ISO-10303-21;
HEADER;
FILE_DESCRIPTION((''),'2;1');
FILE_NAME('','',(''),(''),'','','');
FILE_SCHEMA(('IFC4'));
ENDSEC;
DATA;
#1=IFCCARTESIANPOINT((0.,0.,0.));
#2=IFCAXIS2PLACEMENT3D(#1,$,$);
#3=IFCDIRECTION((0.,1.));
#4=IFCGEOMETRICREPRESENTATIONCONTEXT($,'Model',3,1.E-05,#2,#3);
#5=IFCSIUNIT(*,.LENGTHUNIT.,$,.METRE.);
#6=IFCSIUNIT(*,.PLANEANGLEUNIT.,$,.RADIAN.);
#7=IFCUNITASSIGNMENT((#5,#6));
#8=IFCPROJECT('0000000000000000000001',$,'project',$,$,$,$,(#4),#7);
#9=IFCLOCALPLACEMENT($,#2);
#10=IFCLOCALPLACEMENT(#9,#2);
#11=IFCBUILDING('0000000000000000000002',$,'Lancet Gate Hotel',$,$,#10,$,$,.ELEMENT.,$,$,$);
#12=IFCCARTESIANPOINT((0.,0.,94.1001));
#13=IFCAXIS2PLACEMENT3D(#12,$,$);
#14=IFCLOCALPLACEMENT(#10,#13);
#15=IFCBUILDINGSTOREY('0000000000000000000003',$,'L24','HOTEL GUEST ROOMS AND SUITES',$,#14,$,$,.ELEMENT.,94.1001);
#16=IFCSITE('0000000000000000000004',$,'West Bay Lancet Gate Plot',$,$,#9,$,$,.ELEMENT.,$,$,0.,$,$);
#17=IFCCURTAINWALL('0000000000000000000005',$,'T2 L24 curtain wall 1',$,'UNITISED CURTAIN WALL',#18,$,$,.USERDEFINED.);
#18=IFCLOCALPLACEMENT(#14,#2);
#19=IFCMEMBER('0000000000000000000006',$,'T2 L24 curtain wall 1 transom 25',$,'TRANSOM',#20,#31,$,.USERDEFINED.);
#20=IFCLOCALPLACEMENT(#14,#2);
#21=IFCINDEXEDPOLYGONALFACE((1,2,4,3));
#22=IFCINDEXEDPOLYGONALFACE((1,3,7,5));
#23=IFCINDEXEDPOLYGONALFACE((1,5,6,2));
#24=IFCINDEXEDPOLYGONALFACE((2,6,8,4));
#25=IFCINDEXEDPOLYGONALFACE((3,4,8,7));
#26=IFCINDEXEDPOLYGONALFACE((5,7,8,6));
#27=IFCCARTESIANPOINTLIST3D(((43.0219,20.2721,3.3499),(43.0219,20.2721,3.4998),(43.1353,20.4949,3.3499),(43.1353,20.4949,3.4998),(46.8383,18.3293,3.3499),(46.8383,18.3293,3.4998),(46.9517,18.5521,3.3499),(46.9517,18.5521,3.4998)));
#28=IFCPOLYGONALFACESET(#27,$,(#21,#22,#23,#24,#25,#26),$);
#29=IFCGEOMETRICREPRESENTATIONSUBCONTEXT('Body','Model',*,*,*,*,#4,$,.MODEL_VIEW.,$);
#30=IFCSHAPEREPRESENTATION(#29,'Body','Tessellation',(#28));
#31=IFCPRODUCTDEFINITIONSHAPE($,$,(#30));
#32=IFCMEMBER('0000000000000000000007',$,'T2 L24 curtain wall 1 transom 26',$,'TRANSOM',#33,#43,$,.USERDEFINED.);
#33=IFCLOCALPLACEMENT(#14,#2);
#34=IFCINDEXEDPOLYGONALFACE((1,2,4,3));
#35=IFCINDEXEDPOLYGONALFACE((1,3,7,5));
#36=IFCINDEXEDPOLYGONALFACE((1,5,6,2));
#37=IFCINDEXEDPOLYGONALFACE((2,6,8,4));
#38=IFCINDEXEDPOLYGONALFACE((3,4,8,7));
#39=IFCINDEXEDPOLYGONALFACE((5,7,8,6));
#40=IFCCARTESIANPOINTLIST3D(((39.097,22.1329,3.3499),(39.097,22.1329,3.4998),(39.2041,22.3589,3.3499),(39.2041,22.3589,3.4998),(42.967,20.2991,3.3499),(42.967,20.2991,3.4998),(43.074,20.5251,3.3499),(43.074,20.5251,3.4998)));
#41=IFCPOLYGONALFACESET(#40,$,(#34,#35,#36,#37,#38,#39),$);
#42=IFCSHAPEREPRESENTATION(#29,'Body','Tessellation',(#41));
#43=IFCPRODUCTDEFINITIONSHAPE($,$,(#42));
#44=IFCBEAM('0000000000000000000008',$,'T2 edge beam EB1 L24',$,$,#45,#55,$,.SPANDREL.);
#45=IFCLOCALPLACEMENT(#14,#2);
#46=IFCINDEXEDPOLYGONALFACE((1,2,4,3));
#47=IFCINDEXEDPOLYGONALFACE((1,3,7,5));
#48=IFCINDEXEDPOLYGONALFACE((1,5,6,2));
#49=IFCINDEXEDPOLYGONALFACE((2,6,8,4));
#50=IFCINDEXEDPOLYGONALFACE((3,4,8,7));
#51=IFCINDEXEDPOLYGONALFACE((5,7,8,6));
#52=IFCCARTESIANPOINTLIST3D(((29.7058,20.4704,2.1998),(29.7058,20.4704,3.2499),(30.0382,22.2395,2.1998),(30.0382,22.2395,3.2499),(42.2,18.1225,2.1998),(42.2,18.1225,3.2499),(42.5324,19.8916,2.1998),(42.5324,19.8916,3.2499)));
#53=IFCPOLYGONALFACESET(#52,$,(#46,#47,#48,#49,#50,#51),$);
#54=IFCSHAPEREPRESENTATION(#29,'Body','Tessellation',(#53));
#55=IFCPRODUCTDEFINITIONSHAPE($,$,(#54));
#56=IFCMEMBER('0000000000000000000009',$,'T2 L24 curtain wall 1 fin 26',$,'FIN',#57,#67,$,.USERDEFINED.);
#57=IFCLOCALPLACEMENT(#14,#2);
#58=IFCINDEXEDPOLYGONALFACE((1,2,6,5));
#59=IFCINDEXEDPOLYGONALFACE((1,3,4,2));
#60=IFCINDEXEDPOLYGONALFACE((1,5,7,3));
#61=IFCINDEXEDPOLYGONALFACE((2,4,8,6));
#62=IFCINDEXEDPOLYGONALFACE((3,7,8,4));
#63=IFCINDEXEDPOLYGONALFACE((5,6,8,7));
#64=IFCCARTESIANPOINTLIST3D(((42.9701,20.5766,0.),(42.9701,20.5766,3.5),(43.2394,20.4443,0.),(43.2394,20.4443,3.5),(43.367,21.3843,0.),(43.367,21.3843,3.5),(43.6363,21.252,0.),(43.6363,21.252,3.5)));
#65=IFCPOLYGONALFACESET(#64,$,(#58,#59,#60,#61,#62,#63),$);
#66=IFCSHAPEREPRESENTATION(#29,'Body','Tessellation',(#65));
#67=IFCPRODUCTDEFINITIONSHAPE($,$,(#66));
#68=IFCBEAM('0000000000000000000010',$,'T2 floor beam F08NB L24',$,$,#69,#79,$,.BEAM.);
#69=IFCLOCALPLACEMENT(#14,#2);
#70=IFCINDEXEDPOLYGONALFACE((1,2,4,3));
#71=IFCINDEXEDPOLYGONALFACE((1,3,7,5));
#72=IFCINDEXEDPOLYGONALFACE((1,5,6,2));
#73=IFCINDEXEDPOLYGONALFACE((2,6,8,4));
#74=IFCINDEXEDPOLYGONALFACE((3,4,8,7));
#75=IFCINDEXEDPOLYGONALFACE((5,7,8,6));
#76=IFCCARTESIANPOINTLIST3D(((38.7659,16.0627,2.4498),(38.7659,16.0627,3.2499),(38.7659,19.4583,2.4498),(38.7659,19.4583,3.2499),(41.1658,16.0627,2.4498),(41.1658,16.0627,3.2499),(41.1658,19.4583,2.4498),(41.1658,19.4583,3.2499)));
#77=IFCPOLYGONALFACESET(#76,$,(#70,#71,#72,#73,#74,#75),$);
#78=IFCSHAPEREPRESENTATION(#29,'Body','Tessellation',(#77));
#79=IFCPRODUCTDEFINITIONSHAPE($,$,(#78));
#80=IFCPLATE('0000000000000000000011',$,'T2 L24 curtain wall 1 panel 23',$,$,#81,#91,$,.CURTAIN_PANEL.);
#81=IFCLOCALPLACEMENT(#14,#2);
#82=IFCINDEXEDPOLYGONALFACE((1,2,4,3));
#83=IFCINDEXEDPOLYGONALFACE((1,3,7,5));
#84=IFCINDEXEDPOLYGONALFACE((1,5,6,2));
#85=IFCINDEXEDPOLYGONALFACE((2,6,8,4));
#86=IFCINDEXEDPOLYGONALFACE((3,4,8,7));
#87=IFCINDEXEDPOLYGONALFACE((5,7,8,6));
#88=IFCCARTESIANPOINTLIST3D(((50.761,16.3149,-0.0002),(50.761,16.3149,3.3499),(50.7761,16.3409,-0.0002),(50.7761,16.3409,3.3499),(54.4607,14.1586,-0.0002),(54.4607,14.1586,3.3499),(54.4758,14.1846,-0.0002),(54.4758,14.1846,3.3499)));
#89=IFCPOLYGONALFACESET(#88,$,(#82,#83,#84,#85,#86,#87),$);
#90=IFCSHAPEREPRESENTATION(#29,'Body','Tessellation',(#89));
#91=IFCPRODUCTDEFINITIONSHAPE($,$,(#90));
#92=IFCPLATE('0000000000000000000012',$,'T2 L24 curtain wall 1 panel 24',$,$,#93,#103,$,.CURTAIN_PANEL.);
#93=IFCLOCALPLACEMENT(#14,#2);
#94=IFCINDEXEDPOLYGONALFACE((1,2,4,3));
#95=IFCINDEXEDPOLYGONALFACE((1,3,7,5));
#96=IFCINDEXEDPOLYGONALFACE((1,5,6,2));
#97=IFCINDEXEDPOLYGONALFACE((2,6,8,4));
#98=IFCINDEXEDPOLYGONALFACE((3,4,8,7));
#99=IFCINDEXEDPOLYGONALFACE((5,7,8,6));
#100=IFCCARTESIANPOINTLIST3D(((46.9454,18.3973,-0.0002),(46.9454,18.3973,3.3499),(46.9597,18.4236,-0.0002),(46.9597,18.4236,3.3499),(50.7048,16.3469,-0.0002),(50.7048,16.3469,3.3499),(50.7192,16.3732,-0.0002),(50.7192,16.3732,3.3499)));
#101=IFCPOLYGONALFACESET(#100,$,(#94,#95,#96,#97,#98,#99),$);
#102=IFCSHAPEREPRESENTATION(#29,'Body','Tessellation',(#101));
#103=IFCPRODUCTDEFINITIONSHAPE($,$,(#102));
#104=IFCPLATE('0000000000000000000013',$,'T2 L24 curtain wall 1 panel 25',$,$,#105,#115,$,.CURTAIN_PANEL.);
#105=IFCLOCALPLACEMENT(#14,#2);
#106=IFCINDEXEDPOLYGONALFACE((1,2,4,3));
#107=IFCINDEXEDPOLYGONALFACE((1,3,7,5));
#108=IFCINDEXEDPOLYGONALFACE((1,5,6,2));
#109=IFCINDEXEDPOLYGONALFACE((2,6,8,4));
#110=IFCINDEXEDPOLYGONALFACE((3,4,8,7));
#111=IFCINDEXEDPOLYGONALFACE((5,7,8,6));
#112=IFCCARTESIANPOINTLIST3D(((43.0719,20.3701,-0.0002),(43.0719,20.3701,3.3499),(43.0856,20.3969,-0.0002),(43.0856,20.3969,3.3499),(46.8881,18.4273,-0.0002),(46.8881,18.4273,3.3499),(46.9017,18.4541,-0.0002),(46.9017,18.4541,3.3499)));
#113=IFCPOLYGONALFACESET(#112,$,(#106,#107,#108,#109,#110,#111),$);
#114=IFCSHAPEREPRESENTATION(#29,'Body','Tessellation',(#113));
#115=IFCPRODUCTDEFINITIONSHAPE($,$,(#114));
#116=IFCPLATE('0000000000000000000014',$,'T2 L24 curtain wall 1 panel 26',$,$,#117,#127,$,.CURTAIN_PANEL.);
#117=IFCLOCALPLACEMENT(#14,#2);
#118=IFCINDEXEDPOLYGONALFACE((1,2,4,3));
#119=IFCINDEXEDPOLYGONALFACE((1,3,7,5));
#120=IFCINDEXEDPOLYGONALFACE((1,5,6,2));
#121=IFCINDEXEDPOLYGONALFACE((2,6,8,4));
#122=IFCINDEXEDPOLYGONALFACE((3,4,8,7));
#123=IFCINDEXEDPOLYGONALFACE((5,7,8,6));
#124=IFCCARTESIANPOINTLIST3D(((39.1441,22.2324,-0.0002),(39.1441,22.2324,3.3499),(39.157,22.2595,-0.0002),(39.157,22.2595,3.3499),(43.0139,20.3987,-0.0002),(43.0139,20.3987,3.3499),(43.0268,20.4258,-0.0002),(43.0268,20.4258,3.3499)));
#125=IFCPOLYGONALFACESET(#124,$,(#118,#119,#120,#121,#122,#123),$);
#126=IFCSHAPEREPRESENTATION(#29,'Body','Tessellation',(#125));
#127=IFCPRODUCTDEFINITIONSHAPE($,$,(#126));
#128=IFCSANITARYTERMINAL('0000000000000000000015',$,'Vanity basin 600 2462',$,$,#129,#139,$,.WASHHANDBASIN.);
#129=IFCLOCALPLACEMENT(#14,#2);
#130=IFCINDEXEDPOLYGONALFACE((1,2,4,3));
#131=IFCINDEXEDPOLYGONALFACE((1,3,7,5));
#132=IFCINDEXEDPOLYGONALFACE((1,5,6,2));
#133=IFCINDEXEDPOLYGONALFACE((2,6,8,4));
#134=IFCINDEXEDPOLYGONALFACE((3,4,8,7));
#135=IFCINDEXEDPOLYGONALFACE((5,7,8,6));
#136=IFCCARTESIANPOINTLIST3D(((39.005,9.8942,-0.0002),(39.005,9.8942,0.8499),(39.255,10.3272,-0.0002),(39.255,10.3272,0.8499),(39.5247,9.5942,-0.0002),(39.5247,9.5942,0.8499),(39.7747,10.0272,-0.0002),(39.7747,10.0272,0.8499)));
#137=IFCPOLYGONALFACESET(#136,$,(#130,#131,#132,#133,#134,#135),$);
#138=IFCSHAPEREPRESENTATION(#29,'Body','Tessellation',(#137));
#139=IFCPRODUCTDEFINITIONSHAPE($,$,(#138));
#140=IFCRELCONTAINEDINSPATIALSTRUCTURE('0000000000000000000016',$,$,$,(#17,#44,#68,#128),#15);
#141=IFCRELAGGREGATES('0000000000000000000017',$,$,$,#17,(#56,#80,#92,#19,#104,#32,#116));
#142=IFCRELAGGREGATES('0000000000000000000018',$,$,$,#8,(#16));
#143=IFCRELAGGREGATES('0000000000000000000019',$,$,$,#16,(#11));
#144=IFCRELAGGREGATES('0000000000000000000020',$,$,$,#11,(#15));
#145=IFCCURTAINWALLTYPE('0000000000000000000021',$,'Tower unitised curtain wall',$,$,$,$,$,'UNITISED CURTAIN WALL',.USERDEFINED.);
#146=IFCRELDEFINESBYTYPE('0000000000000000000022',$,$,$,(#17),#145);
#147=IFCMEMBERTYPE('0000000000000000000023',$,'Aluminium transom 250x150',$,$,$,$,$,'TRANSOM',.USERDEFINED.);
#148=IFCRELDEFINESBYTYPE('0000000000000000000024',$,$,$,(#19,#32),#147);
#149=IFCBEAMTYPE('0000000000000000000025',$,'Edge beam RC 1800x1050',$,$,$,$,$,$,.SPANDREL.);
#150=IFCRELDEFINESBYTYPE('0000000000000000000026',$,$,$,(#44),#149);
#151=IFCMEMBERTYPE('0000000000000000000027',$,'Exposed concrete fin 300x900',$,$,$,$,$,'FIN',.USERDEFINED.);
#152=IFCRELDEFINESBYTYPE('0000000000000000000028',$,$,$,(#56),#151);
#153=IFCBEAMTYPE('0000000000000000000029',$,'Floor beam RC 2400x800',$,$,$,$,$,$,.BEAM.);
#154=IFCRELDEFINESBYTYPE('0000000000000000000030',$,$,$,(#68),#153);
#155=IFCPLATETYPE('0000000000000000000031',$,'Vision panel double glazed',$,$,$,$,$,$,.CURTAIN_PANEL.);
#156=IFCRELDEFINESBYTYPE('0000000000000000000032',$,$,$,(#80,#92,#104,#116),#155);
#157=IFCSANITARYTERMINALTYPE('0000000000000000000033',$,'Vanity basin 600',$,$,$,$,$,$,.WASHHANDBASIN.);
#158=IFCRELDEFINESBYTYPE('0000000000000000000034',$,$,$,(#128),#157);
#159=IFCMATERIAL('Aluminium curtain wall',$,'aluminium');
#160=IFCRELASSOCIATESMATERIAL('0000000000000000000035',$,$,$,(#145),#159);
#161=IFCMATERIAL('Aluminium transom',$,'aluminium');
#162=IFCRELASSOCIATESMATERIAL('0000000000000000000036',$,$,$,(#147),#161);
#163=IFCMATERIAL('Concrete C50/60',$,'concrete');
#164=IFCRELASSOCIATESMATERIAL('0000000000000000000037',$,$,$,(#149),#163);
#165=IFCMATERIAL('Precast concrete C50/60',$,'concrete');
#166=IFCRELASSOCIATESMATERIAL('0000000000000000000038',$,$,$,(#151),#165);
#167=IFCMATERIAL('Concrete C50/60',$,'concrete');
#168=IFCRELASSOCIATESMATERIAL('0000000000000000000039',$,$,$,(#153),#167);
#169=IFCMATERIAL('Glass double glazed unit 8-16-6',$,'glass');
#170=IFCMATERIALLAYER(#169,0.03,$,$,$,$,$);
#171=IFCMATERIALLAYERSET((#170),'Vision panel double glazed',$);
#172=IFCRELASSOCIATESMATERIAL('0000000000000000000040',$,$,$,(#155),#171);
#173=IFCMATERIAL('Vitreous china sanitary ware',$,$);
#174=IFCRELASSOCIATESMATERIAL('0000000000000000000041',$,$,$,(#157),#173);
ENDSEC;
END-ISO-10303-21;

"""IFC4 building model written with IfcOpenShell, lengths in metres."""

from ifc_helpers import new_model, si_unit, direction, frame, origin, origin_2d, place, context, subcontext, project, spatial, rectangle, extrude, material, layer, layer_set, material_profile, profile_set, type_object, element, aggregate, save


model = new_model("IFC4")

# Units and contexts
model_context = context("Model", 3, precision=1e-05, world=origin(), true_north=direction((0.0, 1.0)))
body_context = subcontext(model_context, "Body", "Model", "MODEL_VIEW")
ifc_project = project(units=[si_unit("LENGTHUNIT", "METRE"), si_unit("PLANEANGLEUNIT", "RADIAN")], contexts=[model_context])

# Site, building, storey
site_placement = place(None, origin())
site = spatial("IfcSite", under=ifc_project, at=site_placement, Name="West Bay Lancet Gate Plot", CompositionType="ELEMENT", RefElevation=0.0)
building_placement = place(site_placement, origin())
building = spatial("IfcBuilding", under=site, at=building_placement, Name="Lancet Gate Hotel", CompositionType="ELEMENT")
storey_placement = place(building_placement, frame((0.0, 0.0, 94.1001)))
storey = spatial("IfcBuildingStorey", under=building, at=storey_placement, Name="L24", Description="HOTEL GUEST ROOMS AND SUITES", CompositionType="ELEMENT", Elevation=94.1001)

# Curtain wall, members
ifc_material_1 = material(Name="Aluminium curtain wall", Category="aluminium")
curtain_wall_type = type_object("IfcCurtainWallType", Name="Tower unitised curtain wall", ElementType="UNITISED CURTAIN WALL", PredefinedType="USERDEFINED", material=ifc_material_1)
curtain_wall_placement = place(storey_placement, origin())
curtain_wall = element("IfcCurtainWall", 1, at=curtain_wall_placement, inside=storey, type_object=curtain_wall_type, Name="T2 L24 curtain wall 1", ObjectType="UNITISED CURTAIN WALL", PredefinedType="USERDEFINED")
ifc_material_2 = material(Name="Aluminium transom", Category="aluminium")
ifc_material_profile_1 = material_profile(ifc_material_2, rectangle(XDim=0.25, YDim=0.1499, at=origin_2d()), Name="TRANSOM 250x150")
ifc_profile_set_1 = profile_set([ifc_material_profile_1], Name="Aluminium transom")
member_type_1 = type_object("IfcMemberType", Name="Aluminium transom 250x150", ElementType="TRANSOM", PredefinedType="USERDEFINED", material=ifc_profile_set_1)
member_1_placement = place(storey_placement, frame((46.895, 18.4407, 3.4248), z_axis=(-0.891166, 0.453678, 0.0), x_axis=(-0.453678, -0.891166, 0.0)))
member_1 = element("IfcMember", 2, at=member_1_placement, type_object=member_type_1, Name="T2 L24 curtain wall 1 transom 25", ObjectType="TRANSOM", PredefinedType="USERDEFINED", context=body_context, shape_type="SweptSolid", body=[
    extrude(rectangle(XDim=0.25, YDim=0.1499, at=origin_2d()), origin(), (0.0, 0.0, 1.0), 4.2825),
])
member_2_placement = place(storey_placement, frame((43.0205, 20.4121, 3.4248), z_axis=(-0.90368, 0.428209, 0.0), x_axis=(-0.428209, -0.90368, 0.0)))
member_2 = element("IfcMember", 3, at=member_2_placement, type_object=member_type_1, Name="T2 L24 curtain wall 1 transom 26", ObjectType="TRANSOM", PredefinedType="USERDEFINED", context=body_context, shape_type="SweptSolid", body=[
    extrude(rectangle(XDim=0.25, YDim=0.1499, at=origin_2d()), origin(), (0.0, 0.0, 1.0), 4.2825),
])

# Beam
ifc_material_3 = material(Name="Concrete C50/60", Category="concrete")
ifc_material_profile_2 = material_profile(ifc_material_3, rectangle(XDim=1.8, YDim=1.05, at=origin_2d()), Name="RC 1800x1050")
ifc_profile_set_2 = profile_set([ifc_material_profile_2], Name="Concrete C50/60")
beam_type_1 = type_object("IfcBeamType", Name="Edge beam RC 1800x1050", PredefinedType="SPANDREL", material=ifc_profile_set_2)
beam_1_placement = place(storey_placement, frame((42.3662, 19.0071, 2.7249), z_axis=(-0.982797, 0.184687, 0.0), x_axis=(-0.184687, -0.982797, 0.0)))
element("IfcBeam", 4, at=beam_1_placement, inside=storey, type_object=beam_type_1, Name="T2 edge beam EB1 L24", PredefinedType="SPANDREL", context=body_context, shape_type="SweptSolid", body=[
    extrude(rectangle(XDim=1.8, YDim=1.05, at=origin_2d()), origin(), (0.0, 0.0, 1.0), 12.7129),
])

# Member
ifc_material_4 = material(Name="Precast concrete C50/60", Category="concrete")
ifc_material_profile_3 = material_profile(ifc_material_4, rectangle(XDim=0.3, YDim=0.8999, at=origin_2d()), Name="FIN 300x900")
ifc_profile_set_3 = profile_set([ifc_material_profile_3], Name="Precast concrete C50/60")
member_type_2 = type_object("IfcMemberType", Name="Exposed concrete fin 300x900", ElementType="FIN", PredefinedType="USERDEFINED", material=ifc_profile_set_3)
member_3_placement = place(storey_placement, frame((43.3032, 20.9143, 0.0), z_axis=(0.0, 0.0, 1.0), x_axis=(-0.897512, 0.44099, 0.0)))
member_3 = element("IfcMember", 5, at=member_3_placement, type_object=member_type_2, Name="T2 L24 curtain wall 1 fin 26", ObjectType="FIN", PredefinedType="USERDEFINED", context=body_context, shape_type="SweptSolid", body=[
    extrude(rectangle(XDim=0.3, YDim=0.8999, at=origin_2d()), origin(), (0.0, 0.0, 1.0), 3.5),
])

# Beam
ifc_material_5 = material(Name="Concrete C50/60", Category="concrete")
ifc_material_profile_4 = material_profile(ifc_material_5, rectangle(XDim=2.3999, YDim=0.8, at=origin_2d()), Name="RC 2400x800")
ifc_profile_set_4 = profile_set([ifc_material_profile_4], Name="Concrete C50/60")
beam_type_2 = type_object("IfcBeamType", Name="Floor beam RC 2400x800", PredefinedType="BEAM", material=ifc_profile_set_4)
beam_2_placement = place(storey_placement, frame((39.9658, 16.0627, 2.8499), z_axis=(0.0, 1.0, 0.0), x_axis=(-1.0, 0.0, 0.0)))
element("IfcBeam", 6, at=beam_2_placement, inside=storey, type_object=beam_type_2, Name="T2 floor beam F08NB L24", PredefinedType="BEAM", context=body_context, shape_type="SweptSolid", body=[
    extrude(rectangle(XDim=2.3999, YDim=0.8, at=origin_2d()), origin(), (0.0, 0.0, 1.0), 3.3955),
])

# Plates
ifc_material_6 = material(Name="Glass double glazed unit 8-16-6", Category="glass")
ifc_layer = layer(ifc_material_6, 0.03)
ifc_layer_set = layer_set([ifc_layer], Name="Vision panel double glazed")
plate_type = type_object("IfcPlateType", Name="Vision panel double glazed", PredefinedType="CURTAIN_PANEL", material=ifc_layer_set)
plate_1_placement = place(storey_placement, frame((52.6184, 15.2498, -0.0002), z_axis=(0.0, 0.0, 1.0), x_axis=(-0.863966, 0.503551, 0.0)))
plate_1 = element("IfcPlate", 7, at=plate_1_placement, type_object=plate_type, Name="T2 L24 curtain wall 1 panel 23", PredefinedType="CURTAIN_PANEL", context=body_context, shape_type="SweptSolid", body=[
    extrude(rectangle(XDim=4.2822, YDim=0.03, at=origin_2d()), origin(), (0.0, 0.0, 1.0), 3.3501),
])
plate_2_placement = place(storey_placement, frame((48.8323, 17.3853, -0.0002), z_axis=(0.0, 0.0, 1.0), x_axis=(-0.877916, 0.478814, 0.0)))
plate_2 = element("IfcPlate", 8, at=plate_2_placement, type_object=plate_type, Name="T2 L24 curtain wall 1 panel 24", PredefinedType="CURTAIN_PANEL", context=body_context, shape_type="SweptSolid", body=[
    extrude(rectangle(XDim=4.2822, YDim=0.03, at=origin_2d()), origin(), (0.0, 0.0, 1.0), 3.3501),
])
plate_3_placement = place(storey_placement, frame((44.9868, 19.4121, -0.0002), z_axis=(0.0, 0.0, 1.0), x_axis=(-0.891159, 0.45369, 0.0)))
plate_3 = element("IfcPlate", 9, at=plate_3_placement, type_object=plate_type, Name="T2 L24 curtain wall 1 panel 25", PredefinedType="CURTAIN_PANEL", context=body_context, shape_type="SweptSolid", body=[
    extrude(rectangle(XDim=4.2822, YDim=0.03, at=origin_2d()), origin(), (0.0, 0.0, 1.0), 3.3501),
])
plate_4_placement = place(storey_placement, frame((41.0854, 21.3291, -0.0002), z_axis=(0.0, 0.0, 1.0), x_axis=(-0.903683, 0.428201, 0.0)))
plate_4 = element("IfcPlate", 10, at=plate_4_placement, type_object=plate_type, Name="T2 L24 curtain wall 1 panel 26", PredefinedType="CURTAIN_PANEL", context=body_context, shape_type="SweptSolid", body=[
    extrude(rectangle(XDim=4.2822, YDim=0.03, at=origin_2d()), origin(), (0.0, 0.0, 1.0), 3.3501),
])
aggregate(curtain_wall, [member_3, plate_1, plate_2, member_1, plate_3, member_2, plate_4])

# Sanitary terminal
ifc_material_7 = material(Name="Vitreous china sanitary ware")
sanitary_terminal_type = type_object("IfcSanitaryTerminalType", Name="Vanity basin 600", PredefinedType="WASHHANDBASIN", material=ifc_material_7)
sanitary_terminal_placement = place(storey_placement, frame((39.3899, 9.9607, -0.0002), z_axis=(0.0, 0.0, 1.0), x_axis=(-0.866025, 0.5, 0.0)))
element("IfcSanitaryTerminal", 11, at=sanitary_terminal_placement, inside=storey, type_object=sanitary_terminal_type, Name="Vanity basin 600 2462", PredefinedType="WASHHANDBASIN", context=body_context, shape_type="SweptSolid", body=[
    extrude(rectangle(XDim=0.6001, YDim=0.5, at=origin_2d()), origin(), (0.0, 0.0, 1.0), 0.8501),
])

save(model, "model.ifc")
